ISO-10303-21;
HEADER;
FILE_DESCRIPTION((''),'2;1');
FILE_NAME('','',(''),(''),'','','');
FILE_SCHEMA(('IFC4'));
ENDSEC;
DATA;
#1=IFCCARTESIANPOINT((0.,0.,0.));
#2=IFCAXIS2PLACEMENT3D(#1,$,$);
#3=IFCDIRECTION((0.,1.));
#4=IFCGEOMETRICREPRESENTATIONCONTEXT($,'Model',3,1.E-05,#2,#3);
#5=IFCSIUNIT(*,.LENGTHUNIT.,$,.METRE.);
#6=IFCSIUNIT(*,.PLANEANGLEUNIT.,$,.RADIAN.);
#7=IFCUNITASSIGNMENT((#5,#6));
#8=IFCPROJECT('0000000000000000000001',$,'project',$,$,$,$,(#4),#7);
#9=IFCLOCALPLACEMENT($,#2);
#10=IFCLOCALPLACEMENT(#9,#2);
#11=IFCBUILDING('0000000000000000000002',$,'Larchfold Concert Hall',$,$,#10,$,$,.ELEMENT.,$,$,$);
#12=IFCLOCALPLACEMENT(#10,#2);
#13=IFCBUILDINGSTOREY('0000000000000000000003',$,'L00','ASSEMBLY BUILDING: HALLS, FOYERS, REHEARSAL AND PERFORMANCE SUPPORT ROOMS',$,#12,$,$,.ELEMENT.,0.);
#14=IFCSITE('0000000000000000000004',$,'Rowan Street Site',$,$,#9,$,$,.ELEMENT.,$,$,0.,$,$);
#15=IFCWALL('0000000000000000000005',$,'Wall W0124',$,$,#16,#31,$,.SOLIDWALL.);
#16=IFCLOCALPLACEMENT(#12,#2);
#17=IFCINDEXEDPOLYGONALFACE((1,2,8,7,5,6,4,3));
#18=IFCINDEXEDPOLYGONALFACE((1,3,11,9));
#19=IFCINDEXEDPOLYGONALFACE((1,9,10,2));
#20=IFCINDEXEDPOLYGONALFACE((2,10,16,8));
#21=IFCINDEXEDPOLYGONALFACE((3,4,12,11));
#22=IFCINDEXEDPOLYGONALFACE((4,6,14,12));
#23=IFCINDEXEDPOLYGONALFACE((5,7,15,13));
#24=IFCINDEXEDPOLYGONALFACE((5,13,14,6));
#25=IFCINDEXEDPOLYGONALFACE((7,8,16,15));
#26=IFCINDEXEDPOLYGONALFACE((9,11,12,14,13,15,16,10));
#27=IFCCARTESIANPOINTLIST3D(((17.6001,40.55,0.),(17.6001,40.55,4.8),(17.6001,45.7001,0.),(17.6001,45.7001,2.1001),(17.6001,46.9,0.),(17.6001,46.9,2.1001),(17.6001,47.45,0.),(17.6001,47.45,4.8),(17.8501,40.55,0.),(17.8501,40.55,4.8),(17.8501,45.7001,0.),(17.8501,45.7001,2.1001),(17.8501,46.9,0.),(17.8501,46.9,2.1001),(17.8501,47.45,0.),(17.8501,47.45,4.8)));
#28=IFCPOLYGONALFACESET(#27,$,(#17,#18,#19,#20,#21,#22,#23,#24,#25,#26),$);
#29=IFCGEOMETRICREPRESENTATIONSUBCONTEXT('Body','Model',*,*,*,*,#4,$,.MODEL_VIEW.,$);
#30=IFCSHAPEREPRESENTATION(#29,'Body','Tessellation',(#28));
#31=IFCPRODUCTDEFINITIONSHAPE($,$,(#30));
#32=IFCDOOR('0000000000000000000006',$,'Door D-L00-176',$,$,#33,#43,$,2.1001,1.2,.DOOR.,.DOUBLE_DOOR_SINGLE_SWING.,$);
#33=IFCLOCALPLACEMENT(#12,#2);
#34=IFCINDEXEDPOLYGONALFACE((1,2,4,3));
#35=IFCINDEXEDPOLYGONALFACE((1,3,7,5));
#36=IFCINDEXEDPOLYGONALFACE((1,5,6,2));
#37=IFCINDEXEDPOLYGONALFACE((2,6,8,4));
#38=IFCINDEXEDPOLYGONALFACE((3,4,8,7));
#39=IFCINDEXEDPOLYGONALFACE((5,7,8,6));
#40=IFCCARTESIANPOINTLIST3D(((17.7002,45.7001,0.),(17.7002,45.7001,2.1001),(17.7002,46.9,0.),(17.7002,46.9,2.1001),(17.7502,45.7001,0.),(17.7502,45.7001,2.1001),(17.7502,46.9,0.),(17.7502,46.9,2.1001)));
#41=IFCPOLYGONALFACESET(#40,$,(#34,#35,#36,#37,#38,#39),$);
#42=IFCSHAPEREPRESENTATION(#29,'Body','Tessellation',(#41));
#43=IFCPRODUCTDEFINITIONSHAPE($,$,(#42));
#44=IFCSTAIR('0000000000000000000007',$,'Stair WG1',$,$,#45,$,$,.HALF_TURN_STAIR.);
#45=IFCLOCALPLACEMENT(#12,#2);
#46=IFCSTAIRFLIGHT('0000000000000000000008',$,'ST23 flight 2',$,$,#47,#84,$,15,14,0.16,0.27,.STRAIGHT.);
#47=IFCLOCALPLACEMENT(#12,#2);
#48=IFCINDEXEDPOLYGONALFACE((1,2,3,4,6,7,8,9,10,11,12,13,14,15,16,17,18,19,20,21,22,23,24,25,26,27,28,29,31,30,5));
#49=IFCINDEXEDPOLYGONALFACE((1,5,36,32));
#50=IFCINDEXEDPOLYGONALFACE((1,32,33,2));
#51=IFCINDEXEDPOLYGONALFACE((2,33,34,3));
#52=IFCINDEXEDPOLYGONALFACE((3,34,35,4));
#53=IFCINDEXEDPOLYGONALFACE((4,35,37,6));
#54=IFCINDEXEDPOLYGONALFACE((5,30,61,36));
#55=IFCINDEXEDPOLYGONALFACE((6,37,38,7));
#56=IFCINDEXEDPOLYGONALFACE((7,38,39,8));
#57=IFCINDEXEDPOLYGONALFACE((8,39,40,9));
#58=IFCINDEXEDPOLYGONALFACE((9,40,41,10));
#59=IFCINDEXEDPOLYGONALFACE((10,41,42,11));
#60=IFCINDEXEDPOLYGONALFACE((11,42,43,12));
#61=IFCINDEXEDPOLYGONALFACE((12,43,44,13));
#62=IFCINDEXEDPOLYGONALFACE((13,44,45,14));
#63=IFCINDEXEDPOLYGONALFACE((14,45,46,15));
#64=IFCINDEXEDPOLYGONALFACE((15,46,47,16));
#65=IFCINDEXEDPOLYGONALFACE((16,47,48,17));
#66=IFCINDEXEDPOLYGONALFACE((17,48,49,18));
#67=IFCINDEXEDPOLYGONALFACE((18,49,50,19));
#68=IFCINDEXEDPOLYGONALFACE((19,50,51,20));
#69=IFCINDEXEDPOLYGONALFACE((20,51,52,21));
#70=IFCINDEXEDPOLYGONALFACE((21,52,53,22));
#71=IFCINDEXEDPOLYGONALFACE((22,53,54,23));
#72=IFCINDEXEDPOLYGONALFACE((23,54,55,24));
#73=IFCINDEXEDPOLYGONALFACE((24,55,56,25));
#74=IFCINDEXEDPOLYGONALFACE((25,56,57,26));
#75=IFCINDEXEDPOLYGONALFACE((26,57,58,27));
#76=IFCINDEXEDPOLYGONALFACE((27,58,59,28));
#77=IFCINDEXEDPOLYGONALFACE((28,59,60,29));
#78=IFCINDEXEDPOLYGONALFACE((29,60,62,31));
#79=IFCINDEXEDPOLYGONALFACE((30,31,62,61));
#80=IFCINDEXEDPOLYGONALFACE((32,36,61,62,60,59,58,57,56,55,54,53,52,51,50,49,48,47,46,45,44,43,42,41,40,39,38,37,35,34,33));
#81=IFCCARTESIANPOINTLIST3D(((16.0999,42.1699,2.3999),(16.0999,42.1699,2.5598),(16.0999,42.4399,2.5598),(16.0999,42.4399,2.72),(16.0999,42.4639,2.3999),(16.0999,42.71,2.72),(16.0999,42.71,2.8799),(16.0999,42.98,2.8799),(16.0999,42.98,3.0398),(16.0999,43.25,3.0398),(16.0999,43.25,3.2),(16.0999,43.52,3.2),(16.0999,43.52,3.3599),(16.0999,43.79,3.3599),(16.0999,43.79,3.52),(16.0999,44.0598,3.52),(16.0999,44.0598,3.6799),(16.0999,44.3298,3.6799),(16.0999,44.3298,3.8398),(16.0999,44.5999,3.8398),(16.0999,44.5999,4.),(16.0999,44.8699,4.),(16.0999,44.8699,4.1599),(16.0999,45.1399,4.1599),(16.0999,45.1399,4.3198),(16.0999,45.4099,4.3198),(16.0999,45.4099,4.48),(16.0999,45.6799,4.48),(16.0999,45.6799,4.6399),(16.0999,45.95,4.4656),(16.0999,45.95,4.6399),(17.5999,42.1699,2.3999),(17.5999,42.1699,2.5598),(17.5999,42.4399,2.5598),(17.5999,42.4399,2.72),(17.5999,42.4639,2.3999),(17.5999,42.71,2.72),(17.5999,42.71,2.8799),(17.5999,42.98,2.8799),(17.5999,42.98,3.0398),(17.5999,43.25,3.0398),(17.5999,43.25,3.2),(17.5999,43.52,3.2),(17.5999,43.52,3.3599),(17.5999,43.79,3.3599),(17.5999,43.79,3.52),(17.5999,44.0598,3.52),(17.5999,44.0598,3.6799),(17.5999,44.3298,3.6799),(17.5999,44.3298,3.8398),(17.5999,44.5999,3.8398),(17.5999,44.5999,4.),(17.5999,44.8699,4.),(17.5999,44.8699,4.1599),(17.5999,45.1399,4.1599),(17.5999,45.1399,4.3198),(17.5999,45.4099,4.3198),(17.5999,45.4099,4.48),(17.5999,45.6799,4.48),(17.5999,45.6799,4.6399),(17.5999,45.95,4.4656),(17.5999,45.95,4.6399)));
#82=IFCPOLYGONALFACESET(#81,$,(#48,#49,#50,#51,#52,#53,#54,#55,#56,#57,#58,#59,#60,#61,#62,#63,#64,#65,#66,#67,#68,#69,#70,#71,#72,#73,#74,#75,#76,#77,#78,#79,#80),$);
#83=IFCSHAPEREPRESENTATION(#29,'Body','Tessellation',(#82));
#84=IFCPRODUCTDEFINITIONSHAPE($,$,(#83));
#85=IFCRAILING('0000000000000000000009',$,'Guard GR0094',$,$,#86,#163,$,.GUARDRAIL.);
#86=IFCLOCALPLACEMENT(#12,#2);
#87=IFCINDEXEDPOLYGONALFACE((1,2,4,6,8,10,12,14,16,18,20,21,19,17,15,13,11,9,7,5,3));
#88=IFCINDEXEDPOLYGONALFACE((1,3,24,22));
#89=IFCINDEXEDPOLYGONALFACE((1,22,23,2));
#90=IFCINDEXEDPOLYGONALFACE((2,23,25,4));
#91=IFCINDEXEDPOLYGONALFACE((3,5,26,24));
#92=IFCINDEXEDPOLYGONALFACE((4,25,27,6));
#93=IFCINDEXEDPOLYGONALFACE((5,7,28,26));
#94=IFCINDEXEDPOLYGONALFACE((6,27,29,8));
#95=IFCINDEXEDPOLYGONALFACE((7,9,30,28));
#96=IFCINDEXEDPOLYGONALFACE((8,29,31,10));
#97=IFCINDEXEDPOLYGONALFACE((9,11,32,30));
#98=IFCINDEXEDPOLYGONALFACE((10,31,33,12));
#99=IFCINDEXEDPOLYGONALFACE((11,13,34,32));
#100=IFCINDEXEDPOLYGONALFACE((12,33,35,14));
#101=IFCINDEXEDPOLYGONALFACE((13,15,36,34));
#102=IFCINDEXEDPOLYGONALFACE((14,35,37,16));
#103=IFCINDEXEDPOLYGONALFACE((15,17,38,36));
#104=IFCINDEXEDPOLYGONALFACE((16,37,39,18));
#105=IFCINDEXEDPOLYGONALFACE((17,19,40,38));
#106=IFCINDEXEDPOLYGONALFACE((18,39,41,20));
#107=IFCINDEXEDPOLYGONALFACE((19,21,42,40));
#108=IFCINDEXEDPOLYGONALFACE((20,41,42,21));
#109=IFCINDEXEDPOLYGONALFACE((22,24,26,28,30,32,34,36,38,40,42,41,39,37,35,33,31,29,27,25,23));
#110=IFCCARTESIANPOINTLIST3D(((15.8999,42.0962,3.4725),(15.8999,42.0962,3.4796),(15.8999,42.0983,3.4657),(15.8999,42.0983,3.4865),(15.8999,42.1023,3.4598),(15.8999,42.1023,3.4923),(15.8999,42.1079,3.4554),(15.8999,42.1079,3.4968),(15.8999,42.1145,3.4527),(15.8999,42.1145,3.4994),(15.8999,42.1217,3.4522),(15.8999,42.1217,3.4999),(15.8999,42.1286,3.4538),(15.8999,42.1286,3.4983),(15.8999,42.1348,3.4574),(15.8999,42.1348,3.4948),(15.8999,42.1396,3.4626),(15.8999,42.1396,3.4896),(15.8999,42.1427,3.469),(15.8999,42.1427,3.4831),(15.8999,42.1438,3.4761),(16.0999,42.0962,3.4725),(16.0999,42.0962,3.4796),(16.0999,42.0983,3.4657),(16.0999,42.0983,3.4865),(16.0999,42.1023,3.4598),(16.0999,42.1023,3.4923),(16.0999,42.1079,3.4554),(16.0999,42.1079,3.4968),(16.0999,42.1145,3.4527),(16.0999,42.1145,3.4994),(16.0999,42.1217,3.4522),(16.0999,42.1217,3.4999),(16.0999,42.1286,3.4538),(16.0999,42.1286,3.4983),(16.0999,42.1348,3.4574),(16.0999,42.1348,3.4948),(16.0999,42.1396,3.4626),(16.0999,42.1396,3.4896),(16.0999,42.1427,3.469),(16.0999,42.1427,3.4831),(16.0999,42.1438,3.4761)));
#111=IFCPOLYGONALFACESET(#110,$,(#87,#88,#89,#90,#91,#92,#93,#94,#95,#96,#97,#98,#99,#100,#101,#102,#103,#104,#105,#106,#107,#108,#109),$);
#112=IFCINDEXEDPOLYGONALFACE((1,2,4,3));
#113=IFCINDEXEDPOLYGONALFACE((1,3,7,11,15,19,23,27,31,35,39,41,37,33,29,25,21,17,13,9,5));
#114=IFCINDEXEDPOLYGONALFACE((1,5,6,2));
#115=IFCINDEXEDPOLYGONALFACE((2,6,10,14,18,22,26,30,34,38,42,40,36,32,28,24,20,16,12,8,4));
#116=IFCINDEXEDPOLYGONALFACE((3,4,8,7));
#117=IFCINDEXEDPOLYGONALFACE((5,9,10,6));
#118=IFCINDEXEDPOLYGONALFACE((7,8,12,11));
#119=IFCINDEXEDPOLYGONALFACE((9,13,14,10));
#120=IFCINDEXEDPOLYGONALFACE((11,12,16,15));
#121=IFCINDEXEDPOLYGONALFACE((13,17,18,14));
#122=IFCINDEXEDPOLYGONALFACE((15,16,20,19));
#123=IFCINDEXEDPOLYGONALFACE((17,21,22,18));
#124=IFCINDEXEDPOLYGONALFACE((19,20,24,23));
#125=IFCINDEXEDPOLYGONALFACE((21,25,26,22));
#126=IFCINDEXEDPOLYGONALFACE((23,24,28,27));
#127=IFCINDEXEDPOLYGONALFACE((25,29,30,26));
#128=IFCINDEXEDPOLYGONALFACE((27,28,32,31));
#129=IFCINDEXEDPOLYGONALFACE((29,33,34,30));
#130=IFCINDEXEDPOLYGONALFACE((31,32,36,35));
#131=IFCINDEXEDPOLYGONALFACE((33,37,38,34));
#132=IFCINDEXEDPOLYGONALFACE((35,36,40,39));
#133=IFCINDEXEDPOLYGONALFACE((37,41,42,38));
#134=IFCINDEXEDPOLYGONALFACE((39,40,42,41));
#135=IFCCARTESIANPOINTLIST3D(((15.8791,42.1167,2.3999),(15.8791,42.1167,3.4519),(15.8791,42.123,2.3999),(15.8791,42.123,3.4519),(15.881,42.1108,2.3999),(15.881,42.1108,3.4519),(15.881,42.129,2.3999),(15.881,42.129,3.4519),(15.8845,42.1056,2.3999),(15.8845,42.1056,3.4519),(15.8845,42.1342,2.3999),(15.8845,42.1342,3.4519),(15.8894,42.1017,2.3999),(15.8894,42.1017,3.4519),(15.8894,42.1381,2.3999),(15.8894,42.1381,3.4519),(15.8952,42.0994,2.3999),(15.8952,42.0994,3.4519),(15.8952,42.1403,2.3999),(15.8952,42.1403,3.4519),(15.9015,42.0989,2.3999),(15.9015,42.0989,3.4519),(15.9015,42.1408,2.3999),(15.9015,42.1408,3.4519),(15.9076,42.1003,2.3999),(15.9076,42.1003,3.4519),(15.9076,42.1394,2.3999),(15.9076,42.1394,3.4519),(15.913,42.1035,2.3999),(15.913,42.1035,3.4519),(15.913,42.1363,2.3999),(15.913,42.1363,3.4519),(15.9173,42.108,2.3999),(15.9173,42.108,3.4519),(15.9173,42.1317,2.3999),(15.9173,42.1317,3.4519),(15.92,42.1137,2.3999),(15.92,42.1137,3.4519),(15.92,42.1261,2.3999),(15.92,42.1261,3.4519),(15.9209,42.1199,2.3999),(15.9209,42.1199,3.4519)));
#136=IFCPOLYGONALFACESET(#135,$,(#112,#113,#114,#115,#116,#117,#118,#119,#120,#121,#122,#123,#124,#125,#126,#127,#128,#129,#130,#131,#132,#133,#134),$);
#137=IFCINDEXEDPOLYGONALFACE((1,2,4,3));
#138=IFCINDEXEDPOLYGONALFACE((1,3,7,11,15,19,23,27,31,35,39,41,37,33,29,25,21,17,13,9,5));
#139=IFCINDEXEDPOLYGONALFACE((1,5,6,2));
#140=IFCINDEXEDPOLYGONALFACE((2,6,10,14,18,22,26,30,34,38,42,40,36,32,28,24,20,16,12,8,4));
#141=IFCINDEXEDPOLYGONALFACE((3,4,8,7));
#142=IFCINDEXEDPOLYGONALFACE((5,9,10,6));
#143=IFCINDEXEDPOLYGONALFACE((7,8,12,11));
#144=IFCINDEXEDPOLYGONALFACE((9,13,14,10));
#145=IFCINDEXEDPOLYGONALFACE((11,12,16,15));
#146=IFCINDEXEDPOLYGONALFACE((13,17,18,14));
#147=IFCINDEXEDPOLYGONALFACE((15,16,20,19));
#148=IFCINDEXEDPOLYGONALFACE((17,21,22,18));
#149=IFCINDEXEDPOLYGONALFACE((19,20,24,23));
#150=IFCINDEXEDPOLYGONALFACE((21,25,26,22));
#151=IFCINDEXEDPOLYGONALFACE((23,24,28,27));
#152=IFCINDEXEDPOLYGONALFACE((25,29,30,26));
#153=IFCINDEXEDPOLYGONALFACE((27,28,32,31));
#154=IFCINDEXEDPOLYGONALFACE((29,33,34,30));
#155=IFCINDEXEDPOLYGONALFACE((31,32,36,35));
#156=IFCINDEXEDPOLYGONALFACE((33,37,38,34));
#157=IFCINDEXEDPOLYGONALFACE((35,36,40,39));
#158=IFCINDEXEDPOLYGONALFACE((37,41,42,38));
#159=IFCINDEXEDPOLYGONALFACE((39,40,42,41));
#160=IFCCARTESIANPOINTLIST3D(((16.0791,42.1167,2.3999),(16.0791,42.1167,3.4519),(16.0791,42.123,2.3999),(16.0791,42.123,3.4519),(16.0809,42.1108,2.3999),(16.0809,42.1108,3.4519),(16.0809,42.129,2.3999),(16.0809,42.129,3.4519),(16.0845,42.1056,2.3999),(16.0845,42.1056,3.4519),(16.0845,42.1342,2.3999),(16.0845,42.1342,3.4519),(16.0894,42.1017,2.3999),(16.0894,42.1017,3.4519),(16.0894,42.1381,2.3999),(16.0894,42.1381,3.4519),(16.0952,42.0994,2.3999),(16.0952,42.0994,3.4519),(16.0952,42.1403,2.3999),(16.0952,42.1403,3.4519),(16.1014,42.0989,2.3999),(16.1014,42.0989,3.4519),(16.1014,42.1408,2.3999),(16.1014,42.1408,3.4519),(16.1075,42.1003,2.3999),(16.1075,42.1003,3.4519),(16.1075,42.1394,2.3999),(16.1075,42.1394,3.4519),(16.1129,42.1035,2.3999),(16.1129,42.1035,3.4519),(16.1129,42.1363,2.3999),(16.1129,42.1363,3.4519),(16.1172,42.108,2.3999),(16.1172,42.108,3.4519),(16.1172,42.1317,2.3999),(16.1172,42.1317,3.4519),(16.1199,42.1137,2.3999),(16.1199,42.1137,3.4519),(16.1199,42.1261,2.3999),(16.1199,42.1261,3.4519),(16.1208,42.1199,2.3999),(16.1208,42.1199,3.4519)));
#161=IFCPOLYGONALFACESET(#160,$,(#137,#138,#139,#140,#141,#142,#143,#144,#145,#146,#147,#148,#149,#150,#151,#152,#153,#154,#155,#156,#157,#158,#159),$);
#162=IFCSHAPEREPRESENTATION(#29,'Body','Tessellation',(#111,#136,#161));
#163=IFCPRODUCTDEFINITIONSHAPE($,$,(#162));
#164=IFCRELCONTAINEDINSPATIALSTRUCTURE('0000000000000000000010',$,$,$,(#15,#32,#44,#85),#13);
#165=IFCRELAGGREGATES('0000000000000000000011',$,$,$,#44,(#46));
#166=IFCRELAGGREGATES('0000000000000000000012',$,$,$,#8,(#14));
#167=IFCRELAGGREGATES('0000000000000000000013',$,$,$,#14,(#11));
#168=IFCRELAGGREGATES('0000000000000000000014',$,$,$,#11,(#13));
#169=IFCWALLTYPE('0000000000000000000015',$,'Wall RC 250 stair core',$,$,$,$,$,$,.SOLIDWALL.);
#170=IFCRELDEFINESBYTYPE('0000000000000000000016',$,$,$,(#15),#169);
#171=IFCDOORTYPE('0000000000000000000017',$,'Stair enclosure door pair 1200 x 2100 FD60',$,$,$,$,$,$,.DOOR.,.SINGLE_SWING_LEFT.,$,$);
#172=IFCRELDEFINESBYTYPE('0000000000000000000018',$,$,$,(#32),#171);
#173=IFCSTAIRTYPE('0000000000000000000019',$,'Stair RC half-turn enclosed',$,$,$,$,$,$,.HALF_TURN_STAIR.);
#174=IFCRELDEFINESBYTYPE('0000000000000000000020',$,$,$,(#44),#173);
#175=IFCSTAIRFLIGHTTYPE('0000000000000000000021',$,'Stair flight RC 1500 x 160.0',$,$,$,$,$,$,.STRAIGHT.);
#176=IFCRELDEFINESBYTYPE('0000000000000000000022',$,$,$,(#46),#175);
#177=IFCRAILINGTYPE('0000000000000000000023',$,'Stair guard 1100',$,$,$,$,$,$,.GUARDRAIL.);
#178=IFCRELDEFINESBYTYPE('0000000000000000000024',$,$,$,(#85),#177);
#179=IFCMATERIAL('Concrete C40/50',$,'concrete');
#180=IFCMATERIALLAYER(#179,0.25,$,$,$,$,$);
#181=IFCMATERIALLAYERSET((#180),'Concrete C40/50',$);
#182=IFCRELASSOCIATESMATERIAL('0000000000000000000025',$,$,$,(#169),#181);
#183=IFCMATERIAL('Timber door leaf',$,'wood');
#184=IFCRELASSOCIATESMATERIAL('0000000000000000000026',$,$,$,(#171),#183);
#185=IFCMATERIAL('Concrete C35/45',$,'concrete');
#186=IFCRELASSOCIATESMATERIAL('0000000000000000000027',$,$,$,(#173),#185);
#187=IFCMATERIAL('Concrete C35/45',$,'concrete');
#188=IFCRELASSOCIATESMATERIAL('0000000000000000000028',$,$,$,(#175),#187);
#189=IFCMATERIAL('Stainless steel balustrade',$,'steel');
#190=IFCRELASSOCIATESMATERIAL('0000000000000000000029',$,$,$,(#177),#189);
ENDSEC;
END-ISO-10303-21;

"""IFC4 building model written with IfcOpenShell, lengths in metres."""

from ifc_helpers import new_model, si_unit, direction, frame, frame_2d, origin, origin_2d, place, context, subcontext, project, spatial, polyline, rectangle, circle, outline, extrude, material, layer, layer_set, type_object, element, fill, aggregate, save


model = new_model("IFC4")

# Units and contexts
model_context = context("Model", 3, precision=1e-05, world=origin(), true_north=direction((0.0, 1.0)))
body_context = subcontext(model_context, "Body", "Model", "MODEL_VIEW")
ifc_project = project(units=[si_unit("LENGTHUNIT", "METRE"), si_unit("PLANEANGLEUNIT", "RADIAN")], contexts=[model_context])

# Site, building, storey
site_placement = place(None, origin())
site = spatial("IfcSite", under=ifc_project, at=site_placement, Name="Rowan Street Site", CompositionType="ELEMENT", RefElevation=0.0)
building_placement = place(site_placement, origin())
building = spatial("IfcBuilding", under=site, at=building_placement, Name="Larchfold Concert Hall", CompositionType="ELEMENT")
storey_placement = place(building_placement, origin())
storey = spatial("IfcBuildingStorey", under=building, at=storey_placement, Name="L00", Description="ASSEMBLY BUILDING: HALLS, FOYERS, REHEARSAL AND PERFORMANCE SUPPORT ROOMS", CompositionType="ELEMENT", Elevation=0.0)

# Shared definitions
ifc_material_1 = material(Name="Concrete C40/50", Category="concrete")
ifc_layer_1 = layer(ifc_material_1, 0.25)
ifc_layer_set_1 = layer_set([ifc_layer_1], Name="Concrete C40/50")
wall_type = type_object("IfcWallType", Name="Wall RC 250 stair core", PredefinedType="SOLIDWALL", material=ifc_layer_set_1)

# Wall, opening, door
wall_1_placement = place(storey_placement, frame((17.7251, 40.55, 0.0), z_axis=(0.0, 0.0, 1.0), x_axis=(0.0, 1.0, 0.0)))
wall_1 = element("IfcWall", 1, at=wall_1_placement, inside=storey, type_object=wall_type, Name="Wall W0124", PredefinedType="SOLIDWALL", context=body_context, shape_type="SweptSolid", body=[
    extrude(rectangle(XDim=6.8999, YDim=0.25, at=frame_2d((3.45, 0.0))), origin(), (0.0, 0.0, 1.0), 4.8),
])
opening_placement = place(wall_1_placement, frame((5.1499, 0.0, 0.0)))
opening = element("IfcOpeningElement", 2, at=opening_placement, cuts=wall_1, PredefinedType="OPENING", context=body_context, shape_type="SweptSolid", body=[
    extrude(rectangle(XDim=1.2, YDim=2.1001, at=frame_2d((0.6001, 1.05))), frame((0.0, 0.135, 0.0), z_axis=(0.0, -1.0, 0.0), x_axis=(1.0, 0.0, 0.0)), (0.0, 0.0, 1.0), 0.27),
])
ifc_material_2 = material(Name="Timber door leaf", Category="wood")
door_type = type_object("IfcDoorType", Name="Stair enclosure door pair 1200 x 2100 FD60", OperationType="SINGLE_SWING_LEFT", PredefinedType="DOOR", material=ifc_material_2)
door_placement = place(opening_placement, origin())
door = element("IfcDoor", 3, at=door_placement, inside=storey, type_object=door_type, Name="Door D-L00-176", OperationType="DOUBLE_DOOR_SINGLE_SWING", OverallHeight=2.1001, OverallWidth=1.2, PredefinedType="DOOR", context=body_context, shape_type="SweptSolid", body=[
    extrude(rectangle(XDim=1.2, YDim=2.1001, at=frame_2d((0.6001, 1.05))), frame((0.0, 0.0249, 0.0), z_axis=(0.0, -1.0, 0.0), x_axis=(1.0, 0.0, 0.0)), (0.0, 0.0, 1.0), 0.05),
])
fill(opening, door)

# Stair, stair flight
ifc_material_3 = material(Name="Concrete C35/45", Category="concrete")
stair_type = type_object("IfcStairType", Name="Stair RC half-turn enclosed", PredefinedType="HALF_TURN_STAIR", material=ifc_material_3)
stair_placement = place(storey_placement, origin())
stair = element("IfcStair", 4, at=stair_placement, inside=storey, type_object=stair_type, Name="Stair WG1", PredefinedType="HALF_TURN_STAIR")
ifc_material_4 = material(Name="Concrete C35/45", Category="concrete")
stair_flight_type = type_object("IfcStairFlightType", Name="Stair flight RC 1500 x 160.0", PredefinedType="STRAIGHT", material=ifc_material_4)
stair_flight_placement = place(storey_placement, frame((16.8499, 42.1699, 2.3999), z_axis=(0.0, 0.0, 1.0), x_axis=(0.0, 1.0, 0.0)))
stair_flight = element("IfcStairFlight", 5, at=stair_flight_placement, type_object=stair_flight_type, Name="ST23 flight 2", NumberOfRisers=15, NumberOfTreads=14, PredefinedType="STRAIGHT", RiserHeight=0.16, TreadLength=0.27, context=body_context, shape_type="SweptSolid", body=[
    extrude(outline(polyline([(0.0, 0.0), (0.0, 0.1599), (0.27, 0.1599), (0.27, 0.3201), (0.54, 0.3201), (0.54, 0.48), (0.8101, 0.48), (0.8101, 0.6399), (1.0801, 0.6399), (1.0801, 0.8), (1.3501, 0.8), (1.3501, 0.96), (1.6201, 0.96), (1.6201, 1.1201), (1.8899, 1.1201), (1.8899, 1.28), (2.1599, 1.28), (2.1599, 1.4399), (2.4299, 1.4399), (2.4299, 1.6001), (2.7, 1.6001), (2.7, 1.76), (2.97, 1.76), (2.97, 1.9199), (3.24, 1.9199), (3.24, 2.0801), (3.51, 2.0801), (3.51, 2.24), (3.78, 2.24), (3.78, 2.3999), (3.78, 2.0657), (0.2939, 0.0), (0.0, 0.0)])), frame((0.0, 0.75, 0.0), z_axis=(0.0, -1.0, 0.0), x_axis=(1.0, 0.0, 0.0)), (0.0, 0.0, 1.0), 1.5),
])
aggregate(stair, [stair_flight])

# Railing
ifc_material_5 = material(Name="Stainless steel balustrade", Category="steel")
railing_type_1 = type_object("IfcRailingType", Name="Stair guard 1100", PredefinedType="GUARDRAIL", material=ifc_material_5)
railing_1_placement = place(storey_placement, frame((15.8999, 42.1199, 2.3999)))
element("IfcRailing", 6, at=railing_1_placement, inside=storey, type_object=railing_type_1, Name="Guard GR0094", PredefinedType="GUARDRAIL", context=body_context, shape_type="SweptSolid", body=[
    extrude(circle(Radius=0.0239, at=origin_2d()), frame((0.0, 0.0, 1.0762), z_axis=(1.0, 0.0, 0.0), x_axis=(0.0, 1.0, 0.0)), (0.0, 0.0, 1.0), 0.2),
    extrude(circle(Radius=0.021, at=origin_2d()), origin(), (0.0, 0.0, 1.0), 1.052),
    extrude(circle(Radius=0.021, at=origin_2d()), frame((0.2, 0.0, 0.0)), (0.0, 0.0, 1.0), 1.052),
])

save(model, "model.ifc")
